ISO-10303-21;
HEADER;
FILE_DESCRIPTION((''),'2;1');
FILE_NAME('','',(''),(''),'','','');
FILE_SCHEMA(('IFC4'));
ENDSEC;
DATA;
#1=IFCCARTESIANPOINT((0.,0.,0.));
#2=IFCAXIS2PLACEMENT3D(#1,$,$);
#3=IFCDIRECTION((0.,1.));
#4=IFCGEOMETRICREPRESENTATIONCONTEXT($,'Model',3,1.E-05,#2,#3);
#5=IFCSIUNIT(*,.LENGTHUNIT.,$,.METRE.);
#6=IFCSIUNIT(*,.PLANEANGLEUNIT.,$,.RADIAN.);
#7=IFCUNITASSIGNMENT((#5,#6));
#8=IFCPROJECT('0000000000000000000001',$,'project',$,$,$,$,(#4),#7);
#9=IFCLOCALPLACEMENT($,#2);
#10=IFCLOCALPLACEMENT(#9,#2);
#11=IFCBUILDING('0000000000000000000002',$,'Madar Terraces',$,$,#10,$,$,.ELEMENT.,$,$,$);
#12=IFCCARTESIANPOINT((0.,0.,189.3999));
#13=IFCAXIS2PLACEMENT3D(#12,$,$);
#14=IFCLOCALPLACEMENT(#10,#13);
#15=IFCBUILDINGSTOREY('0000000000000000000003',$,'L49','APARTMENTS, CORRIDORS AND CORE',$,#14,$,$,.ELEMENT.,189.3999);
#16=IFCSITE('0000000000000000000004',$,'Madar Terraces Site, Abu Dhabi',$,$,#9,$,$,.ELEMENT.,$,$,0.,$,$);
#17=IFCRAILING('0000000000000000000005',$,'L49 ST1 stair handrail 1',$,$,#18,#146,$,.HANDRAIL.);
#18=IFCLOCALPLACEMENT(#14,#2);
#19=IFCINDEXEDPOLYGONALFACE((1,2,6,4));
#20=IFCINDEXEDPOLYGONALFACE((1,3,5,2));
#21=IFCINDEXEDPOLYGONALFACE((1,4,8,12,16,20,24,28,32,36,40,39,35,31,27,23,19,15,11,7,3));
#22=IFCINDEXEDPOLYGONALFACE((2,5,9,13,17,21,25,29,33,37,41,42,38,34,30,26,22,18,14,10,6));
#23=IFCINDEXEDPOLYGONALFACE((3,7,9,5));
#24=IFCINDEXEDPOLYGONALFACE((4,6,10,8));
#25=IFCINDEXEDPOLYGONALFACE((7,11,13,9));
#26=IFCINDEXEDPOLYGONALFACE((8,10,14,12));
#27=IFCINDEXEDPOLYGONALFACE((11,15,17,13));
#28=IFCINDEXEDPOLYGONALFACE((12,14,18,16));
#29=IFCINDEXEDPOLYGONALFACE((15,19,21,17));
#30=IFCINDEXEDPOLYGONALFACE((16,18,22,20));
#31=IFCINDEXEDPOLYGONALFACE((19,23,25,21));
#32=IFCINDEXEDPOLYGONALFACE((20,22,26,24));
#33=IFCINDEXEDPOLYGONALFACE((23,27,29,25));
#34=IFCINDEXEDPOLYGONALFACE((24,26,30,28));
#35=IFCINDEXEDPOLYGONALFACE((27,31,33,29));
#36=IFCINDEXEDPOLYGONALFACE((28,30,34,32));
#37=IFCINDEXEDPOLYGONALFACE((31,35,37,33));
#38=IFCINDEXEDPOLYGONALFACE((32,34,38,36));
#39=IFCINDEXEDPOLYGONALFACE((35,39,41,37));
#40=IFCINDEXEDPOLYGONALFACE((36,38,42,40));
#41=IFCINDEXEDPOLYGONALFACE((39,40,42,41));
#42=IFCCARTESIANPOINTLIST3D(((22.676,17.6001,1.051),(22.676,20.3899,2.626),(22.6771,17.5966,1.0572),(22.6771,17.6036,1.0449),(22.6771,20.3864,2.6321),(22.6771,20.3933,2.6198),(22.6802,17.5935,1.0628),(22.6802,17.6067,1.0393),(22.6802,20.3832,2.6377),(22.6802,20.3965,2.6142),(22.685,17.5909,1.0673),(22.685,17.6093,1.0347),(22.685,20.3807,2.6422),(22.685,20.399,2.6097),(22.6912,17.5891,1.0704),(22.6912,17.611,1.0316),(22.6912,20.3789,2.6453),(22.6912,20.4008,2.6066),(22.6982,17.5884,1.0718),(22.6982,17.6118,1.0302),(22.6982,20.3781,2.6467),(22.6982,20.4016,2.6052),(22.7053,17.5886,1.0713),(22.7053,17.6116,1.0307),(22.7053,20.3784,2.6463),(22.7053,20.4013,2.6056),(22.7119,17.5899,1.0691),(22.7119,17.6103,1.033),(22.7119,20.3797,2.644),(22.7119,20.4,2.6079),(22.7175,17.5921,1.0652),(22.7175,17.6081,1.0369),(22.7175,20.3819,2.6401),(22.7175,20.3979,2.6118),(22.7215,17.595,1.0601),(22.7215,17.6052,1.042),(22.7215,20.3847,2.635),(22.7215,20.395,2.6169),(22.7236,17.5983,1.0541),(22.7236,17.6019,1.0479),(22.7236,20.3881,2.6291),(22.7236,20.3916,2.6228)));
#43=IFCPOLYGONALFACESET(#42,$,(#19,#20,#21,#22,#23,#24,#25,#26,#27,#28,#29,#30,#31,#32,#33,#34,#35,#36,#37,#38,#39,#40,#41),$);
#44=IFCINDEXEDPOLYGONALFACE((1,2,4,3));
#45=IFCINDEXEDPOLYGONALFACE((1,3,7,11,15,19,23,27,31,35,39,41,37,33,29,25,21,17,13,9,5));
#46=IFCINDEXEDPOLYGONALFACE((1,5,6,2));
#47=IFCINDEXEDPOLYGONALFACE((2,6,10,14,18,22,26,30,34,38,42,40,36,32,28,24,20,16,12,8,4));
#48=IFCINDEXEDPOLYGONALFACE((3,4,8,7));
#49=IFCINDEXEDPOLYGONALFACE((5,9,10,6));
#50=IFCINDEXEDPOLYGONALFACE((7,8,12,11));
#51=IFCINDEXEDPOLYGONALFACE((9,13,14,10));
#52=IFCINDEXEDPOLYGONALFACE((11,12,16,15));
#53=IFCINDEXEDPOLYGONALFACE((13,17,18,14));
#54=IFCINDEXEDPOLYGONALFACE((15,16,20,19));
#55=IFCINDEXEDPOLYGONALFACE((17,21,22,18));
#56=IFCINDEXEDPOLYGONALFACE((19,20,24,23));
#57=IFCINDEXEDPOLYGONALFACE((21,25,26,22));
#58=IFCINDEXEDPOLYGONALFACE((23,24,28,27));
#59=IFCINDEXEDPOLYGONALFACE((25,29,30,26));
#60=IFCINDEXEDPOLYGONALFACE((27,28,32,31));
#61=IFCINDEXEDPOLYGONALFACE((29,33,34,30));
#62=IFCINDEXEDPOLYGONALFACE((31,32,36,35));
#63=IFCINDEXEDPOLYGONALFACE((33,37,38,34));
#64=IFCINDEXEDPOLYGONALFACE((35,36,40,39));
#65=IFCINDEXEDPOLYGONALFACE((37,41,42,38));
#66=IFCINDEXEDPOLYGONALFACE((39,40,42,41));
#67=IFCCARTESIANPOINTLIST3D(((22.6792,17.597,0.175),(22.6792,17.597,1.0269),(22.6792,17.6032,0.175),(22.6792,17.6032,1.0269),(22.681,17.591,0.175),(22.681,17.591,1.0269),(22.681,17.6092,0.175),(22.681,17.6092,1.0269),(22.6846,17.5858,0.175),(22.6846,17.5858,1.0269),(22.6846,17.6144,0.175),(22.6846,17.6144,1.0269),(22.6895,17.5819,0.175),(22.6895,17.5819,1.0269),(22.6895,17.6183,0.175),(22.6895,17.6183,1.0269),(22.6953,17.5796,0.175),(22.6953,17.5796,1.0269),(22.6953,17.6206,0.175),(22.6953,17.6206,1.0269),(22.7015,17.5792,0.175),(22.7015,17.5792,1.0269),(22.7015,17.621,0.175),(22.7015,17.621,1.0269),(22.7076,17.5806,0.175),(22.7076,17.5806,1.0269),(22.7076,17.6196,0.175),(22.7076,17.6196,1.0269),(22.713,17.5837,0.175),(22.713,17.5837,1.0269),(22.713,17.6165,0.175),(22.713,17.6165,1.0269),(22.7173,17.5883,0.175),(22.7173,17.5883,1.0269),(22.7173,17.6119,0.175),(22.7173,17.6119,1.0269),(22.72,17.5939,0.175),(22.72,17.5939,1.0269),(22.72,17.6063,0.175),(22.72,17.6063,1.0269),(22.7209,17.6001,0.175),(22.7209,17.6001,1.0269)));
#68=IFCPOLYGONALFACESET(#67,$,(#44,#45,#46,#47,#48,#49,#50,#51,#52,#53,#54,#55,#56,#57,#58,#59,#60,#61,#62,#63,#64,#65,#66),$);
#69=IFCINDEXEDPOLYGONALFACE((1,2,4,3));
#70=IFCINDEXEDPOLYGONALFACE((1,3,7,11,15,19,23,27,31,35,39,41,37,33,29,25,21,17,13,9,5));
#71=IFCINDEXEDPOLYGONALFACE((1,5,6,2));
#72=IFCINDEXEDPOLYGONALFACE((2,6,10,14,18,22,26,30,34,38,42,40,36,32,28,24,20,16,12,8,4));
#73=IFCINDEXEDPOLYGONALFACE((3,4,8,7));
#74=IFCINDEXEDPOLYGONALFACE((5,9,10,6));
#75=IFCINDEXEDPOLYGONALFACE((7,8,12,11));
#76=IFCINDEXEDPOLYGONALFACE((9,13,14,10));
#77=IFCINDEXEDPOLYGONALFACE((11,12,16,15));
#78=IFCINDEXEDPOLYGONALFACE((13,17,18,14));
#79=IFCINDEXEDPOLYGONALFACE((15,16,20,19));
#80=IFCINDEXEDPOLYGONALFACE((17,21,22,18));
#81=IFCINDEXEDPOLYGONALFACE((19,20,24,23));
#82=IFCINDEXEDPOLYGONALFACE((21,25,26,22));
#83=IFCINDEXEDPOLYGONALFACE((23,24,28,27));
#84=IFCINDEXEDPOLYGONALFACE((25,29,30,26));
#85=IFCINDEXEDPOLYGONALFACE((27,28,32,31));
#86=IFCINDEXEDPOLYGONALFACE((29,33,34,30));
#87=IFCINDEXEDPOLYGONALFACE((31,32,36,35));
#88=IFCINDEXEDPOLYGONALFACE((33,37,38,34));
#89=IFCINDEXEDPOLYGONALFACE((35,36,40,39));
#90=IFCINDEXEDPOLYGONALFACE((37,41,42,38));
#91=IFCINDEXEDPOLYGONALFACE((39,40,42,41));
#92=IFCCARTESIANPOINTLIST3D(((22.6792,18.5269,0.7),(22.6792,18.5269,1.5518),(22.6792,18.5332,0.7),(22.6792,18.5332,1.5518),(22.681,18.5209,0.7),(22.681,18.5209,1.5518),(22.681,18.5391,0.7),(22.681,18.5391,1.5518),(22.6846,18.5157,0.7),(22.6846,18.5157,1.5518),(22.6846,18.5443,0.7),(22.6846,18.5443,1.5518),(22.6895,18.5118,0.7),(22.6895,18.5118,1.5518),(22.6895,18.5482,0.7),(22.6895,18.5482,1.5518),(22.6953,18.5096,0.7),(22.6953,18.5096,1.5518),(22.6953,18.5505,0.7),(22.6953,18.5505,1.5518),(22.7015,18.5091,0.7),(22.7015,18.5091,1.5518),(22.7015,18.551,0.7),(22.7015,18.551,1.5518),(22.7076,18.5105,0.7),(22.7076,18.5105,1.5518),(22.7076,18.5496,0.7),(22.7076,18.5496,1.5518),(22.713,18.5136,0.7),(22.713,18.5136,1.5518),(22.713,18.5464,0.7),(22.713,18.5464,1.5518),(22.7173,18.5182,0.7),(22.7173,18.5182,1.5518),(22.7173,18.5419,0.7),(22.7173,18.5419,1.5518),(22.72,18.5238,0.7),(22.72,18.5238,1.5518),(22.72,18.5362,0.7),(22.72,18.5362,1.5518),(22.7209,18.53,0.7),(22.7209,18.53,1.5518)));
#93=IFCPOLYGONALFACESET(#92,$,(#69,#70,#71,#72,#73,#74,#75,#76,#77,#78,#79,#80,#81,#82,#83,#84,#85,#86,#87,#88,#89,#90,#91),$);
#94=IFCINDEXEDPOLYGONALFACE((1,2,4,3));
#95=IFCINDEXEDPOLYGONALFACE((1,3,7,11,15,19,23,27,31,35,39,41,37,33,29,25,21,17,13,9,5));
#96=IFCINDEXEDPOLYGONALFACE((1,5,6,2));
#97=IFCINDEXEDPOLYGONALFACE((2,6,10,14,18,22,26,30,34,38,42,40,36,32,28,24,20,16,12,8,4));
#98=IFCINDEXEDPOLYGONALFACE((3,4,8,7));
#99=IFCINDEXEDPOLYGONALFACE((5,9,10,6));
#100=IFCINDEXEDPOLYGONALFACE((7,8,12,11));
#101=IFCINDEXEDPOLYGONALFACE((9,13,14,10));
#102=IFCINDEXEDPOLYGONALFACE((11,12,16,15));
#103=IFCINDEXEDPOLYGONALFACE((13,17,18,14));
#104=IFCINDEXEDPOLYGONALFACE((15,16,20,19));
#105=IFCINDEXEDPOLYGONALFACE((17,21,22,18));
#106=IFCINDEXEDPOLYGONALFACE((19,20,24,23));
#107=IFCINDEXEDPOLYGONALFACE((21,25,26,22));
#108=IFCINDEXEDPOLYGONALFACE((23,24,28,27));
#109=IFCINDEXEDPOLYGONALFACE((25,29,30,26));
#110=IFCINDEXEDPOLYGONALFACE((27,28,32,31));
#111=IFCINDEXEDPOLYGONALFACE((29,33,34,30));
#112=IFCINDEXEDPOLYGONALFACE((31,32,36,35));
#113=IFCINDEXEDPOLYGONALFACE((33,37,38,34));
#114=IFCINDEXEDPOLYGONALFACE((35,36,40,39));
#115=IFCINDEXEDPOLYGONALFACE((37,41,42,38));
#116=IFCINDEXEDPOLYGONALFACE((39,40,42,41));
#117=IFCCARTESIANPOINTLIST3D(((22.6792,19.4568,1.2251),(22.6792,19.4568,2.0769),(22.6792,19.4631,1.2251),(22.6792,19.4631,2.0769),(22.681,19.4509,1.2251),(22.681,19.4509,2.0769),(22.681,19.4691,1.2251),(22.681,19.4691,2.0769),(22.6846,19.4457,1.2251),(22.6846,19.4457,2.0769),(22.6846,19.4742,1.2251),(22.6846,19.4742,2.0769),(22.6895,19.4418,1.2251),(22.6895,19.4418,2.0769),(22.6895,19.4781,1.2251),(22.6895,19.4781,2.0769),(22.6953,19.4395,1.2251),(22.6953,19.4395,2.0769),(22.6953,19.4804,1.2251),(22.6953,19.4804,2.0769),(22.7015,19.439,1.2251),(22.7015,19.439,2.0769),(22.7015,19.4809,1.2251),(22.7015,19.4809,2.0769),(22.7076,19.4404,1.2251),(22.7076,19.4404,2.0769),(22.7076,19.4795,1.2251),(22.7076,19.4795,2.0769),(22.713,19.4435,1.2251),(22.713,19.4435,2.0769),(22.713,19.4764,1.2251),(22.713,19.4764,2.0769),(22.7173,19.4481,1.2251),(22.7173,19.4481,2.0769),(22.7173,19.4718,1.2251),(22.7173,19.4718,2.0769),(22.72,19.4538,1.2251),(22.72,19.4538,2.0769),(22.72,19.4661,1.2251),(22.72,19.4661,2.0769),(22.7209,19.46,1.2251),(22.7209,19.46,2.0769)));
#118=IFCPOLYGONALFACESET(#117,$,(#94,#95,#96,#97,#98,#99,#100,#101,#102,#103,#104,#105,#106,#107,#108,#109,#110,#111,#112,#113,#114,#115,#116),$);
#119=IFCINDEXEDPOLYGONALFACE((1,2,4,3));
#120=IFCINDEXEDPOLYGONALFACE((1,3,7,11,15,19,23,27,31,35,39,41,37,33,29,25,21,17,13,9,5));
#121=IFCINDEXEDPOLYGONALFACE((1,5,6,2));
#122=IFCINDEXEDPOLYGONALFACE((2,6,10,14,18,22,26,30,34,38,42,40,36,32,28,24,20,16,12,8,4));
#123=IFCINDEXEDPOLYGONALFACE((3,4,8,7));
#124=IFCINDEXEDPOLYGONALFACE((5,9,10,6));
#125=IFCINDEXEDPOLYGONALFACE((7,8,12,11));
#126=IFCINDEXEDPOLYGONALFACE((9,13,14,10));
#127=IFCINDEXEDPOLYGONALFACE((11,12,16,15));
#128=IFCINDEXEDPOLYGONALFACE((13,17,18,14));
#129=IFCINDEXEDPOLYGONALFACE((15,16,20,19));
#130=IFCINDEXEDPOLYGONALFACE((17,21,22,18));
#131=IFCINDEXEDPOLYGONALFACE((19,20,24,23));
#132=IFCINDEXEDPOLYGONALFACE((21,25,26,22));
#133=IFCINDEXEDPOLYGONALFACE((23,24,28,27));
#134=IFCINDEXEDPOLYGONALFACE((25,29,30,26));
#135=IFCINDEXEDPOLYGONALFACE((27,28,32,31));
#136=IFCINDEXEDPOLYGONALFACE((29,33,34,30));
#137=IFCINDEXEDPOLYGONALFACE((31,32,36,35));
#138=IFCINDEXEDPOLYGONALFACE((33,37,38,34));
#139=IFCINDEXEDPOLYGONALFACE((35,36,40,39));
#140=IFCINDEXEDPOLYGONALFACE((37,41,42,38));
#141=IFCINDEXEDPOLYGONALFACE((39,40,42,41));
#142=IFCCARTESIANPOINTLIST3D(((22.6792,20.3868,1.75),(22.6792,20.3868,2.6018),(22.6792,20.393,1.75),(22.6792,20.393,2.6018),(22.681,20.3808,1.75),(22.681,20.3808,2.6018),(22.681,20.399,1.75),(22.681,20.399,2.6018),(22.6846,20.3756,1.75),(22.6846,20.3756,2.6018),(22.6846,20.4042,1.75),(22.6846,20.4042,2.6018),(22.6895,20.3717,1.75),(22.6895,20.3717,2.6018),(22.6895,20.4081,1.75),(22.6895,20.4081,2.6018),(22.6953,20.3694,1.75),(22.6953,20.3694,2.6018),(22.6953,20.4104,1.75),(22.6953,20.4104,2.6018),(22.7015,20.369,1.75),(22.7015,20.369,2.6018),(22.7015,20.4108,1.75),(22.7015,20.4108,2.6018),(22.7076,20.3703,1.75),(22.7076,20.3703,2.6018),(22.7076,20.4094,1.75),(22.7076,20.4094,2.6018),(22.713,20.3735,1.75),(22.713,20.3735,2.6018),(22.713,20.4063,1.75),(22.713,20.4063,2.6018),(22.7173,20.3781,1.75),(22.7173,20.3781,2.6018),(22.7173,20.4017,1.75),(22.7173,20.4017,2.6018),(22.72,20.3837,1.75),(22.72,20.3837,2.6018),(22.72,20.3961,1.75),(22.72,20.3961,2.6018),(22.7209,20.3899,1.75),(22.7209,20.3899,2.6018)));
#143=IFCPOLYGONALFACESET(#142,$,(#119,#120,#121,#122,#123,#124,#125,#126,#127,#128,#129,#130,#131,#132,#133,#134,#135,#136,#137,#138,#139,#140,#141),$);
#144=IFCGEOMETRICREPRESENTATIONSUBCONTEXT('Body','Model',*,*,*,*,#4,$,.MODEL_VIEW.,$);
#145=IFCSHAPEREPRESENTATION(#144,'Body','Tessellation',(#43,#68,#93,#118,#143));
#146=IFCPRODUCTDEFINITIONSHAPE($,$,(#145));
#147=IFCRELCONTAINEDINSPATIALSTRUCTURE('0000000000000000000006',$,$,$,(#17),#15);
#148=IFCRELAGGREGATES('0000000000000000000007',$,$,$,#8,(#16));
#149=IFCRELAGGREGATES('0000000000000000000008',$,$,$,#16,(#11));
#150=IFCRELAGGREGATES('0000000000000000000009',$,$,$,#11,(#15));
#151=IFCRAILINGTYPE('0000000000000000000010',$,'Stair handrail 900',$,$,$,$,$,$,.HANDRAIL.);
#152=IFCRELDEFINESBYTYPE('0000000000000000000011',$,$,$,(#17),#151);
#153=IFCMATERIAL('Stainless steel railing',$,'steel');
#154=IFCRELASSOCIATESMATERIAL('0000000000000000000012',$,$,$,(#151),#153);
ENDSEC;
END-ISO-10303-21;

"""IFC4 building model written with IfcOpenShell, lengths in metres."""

from ifc_helpers import new_model, si_unit, direction, frame, origin, origin_2d, place, context, subcontext, project, spatial, circle, extrude, material, type_object, element, save


model = new_model("IFC4")

# Units and contexts
model_context = context("Model", 3, precision=1e-05, world=origin(), true_north=direction((0.0, 1.0)))
body_context = subcontext(model_context, "Body", "Model", "MODEL_VIEW")
ifc_project = project(units=[si_unit("LENGTHUNIT", "METRE"), si_unit("PLANEANGLEUNIT", "RADIAN")], contexts=[model_context])

# Site, building, storey
site_placement = place(None, origin())
site = spatial("IfcSite", under=ifc_project, at=site_placement, Name="Madar Terraces Site, Abu Dhabi", CompositionType="ELEMENT", RefElevation=0.0)
building_placement = place(site_placement, origin())
building = spatial("IfcBuilding", under=site, at=building_placement, Name="Madar Terraces", CompositionType="ELEMENT")
storey_placement = place(building_placement, frame((0.0, 0.0, 189.3999)))
storey = spatial("IfcBuildingStorey", under=building, at=storey_placement, Name="L49", Description="APARTMENTS, CORRIDORS AND CORE", CompositionType="ELEMENT", Elevation=189.3999)

# Railing
ifc_material_1 = material(Name="Stainless steel railing", Category="steel")
railing_type_1 = type_object("IfcRailingType", Name="Stair handrail 900", PredefinedType="HANDRAIL", material=ifc_material_1)
railing_1_placement = place(storey_placement, frame((22.7, 17.6001, 0.175)))
element("IfcRailing", 1, at=railing_1_placement, inside=storey, type_object=railing_type_1, Name="L49 ST1 stair handrail 1", PredefinedType="HANDRAIL", context=body_context, shape_type="SweptSolid", body=[
    extrude(circle(Radius=0.0239, at=origin_2d()), frame((0.0, 0.0, 0.876), z_axis=(0.0, 0.870815, 0.49161), x_axis=(-1.0, 0.0, 0.0)), (0.0, 0.0, 1.0), 3.2036),
    extrude(circle(Radius=0.021, at=origin_2d()), origin(), (0.0, 0.0, 1.0), 0.8518),
    extrude(circle(Radius=0.021, at=origin_2d()), frame((0.0, 0.9299, 0.5249)), (0.0, 0.0, 1.0), 0.8518),
    extrude(circle(Radius=0.021, at=origin_2d()), frame((0.0, 1.8599, 1.05)), (0.0, 0.0, 1.0), 0.8518),
    extrude(circle(Radius=0.021, at=origin_2d()), frame((0.0, 2.7898, 1.575)), (0.0, 0.0, 1.0), 0.8518),
])

save(model, "model.ifc")
